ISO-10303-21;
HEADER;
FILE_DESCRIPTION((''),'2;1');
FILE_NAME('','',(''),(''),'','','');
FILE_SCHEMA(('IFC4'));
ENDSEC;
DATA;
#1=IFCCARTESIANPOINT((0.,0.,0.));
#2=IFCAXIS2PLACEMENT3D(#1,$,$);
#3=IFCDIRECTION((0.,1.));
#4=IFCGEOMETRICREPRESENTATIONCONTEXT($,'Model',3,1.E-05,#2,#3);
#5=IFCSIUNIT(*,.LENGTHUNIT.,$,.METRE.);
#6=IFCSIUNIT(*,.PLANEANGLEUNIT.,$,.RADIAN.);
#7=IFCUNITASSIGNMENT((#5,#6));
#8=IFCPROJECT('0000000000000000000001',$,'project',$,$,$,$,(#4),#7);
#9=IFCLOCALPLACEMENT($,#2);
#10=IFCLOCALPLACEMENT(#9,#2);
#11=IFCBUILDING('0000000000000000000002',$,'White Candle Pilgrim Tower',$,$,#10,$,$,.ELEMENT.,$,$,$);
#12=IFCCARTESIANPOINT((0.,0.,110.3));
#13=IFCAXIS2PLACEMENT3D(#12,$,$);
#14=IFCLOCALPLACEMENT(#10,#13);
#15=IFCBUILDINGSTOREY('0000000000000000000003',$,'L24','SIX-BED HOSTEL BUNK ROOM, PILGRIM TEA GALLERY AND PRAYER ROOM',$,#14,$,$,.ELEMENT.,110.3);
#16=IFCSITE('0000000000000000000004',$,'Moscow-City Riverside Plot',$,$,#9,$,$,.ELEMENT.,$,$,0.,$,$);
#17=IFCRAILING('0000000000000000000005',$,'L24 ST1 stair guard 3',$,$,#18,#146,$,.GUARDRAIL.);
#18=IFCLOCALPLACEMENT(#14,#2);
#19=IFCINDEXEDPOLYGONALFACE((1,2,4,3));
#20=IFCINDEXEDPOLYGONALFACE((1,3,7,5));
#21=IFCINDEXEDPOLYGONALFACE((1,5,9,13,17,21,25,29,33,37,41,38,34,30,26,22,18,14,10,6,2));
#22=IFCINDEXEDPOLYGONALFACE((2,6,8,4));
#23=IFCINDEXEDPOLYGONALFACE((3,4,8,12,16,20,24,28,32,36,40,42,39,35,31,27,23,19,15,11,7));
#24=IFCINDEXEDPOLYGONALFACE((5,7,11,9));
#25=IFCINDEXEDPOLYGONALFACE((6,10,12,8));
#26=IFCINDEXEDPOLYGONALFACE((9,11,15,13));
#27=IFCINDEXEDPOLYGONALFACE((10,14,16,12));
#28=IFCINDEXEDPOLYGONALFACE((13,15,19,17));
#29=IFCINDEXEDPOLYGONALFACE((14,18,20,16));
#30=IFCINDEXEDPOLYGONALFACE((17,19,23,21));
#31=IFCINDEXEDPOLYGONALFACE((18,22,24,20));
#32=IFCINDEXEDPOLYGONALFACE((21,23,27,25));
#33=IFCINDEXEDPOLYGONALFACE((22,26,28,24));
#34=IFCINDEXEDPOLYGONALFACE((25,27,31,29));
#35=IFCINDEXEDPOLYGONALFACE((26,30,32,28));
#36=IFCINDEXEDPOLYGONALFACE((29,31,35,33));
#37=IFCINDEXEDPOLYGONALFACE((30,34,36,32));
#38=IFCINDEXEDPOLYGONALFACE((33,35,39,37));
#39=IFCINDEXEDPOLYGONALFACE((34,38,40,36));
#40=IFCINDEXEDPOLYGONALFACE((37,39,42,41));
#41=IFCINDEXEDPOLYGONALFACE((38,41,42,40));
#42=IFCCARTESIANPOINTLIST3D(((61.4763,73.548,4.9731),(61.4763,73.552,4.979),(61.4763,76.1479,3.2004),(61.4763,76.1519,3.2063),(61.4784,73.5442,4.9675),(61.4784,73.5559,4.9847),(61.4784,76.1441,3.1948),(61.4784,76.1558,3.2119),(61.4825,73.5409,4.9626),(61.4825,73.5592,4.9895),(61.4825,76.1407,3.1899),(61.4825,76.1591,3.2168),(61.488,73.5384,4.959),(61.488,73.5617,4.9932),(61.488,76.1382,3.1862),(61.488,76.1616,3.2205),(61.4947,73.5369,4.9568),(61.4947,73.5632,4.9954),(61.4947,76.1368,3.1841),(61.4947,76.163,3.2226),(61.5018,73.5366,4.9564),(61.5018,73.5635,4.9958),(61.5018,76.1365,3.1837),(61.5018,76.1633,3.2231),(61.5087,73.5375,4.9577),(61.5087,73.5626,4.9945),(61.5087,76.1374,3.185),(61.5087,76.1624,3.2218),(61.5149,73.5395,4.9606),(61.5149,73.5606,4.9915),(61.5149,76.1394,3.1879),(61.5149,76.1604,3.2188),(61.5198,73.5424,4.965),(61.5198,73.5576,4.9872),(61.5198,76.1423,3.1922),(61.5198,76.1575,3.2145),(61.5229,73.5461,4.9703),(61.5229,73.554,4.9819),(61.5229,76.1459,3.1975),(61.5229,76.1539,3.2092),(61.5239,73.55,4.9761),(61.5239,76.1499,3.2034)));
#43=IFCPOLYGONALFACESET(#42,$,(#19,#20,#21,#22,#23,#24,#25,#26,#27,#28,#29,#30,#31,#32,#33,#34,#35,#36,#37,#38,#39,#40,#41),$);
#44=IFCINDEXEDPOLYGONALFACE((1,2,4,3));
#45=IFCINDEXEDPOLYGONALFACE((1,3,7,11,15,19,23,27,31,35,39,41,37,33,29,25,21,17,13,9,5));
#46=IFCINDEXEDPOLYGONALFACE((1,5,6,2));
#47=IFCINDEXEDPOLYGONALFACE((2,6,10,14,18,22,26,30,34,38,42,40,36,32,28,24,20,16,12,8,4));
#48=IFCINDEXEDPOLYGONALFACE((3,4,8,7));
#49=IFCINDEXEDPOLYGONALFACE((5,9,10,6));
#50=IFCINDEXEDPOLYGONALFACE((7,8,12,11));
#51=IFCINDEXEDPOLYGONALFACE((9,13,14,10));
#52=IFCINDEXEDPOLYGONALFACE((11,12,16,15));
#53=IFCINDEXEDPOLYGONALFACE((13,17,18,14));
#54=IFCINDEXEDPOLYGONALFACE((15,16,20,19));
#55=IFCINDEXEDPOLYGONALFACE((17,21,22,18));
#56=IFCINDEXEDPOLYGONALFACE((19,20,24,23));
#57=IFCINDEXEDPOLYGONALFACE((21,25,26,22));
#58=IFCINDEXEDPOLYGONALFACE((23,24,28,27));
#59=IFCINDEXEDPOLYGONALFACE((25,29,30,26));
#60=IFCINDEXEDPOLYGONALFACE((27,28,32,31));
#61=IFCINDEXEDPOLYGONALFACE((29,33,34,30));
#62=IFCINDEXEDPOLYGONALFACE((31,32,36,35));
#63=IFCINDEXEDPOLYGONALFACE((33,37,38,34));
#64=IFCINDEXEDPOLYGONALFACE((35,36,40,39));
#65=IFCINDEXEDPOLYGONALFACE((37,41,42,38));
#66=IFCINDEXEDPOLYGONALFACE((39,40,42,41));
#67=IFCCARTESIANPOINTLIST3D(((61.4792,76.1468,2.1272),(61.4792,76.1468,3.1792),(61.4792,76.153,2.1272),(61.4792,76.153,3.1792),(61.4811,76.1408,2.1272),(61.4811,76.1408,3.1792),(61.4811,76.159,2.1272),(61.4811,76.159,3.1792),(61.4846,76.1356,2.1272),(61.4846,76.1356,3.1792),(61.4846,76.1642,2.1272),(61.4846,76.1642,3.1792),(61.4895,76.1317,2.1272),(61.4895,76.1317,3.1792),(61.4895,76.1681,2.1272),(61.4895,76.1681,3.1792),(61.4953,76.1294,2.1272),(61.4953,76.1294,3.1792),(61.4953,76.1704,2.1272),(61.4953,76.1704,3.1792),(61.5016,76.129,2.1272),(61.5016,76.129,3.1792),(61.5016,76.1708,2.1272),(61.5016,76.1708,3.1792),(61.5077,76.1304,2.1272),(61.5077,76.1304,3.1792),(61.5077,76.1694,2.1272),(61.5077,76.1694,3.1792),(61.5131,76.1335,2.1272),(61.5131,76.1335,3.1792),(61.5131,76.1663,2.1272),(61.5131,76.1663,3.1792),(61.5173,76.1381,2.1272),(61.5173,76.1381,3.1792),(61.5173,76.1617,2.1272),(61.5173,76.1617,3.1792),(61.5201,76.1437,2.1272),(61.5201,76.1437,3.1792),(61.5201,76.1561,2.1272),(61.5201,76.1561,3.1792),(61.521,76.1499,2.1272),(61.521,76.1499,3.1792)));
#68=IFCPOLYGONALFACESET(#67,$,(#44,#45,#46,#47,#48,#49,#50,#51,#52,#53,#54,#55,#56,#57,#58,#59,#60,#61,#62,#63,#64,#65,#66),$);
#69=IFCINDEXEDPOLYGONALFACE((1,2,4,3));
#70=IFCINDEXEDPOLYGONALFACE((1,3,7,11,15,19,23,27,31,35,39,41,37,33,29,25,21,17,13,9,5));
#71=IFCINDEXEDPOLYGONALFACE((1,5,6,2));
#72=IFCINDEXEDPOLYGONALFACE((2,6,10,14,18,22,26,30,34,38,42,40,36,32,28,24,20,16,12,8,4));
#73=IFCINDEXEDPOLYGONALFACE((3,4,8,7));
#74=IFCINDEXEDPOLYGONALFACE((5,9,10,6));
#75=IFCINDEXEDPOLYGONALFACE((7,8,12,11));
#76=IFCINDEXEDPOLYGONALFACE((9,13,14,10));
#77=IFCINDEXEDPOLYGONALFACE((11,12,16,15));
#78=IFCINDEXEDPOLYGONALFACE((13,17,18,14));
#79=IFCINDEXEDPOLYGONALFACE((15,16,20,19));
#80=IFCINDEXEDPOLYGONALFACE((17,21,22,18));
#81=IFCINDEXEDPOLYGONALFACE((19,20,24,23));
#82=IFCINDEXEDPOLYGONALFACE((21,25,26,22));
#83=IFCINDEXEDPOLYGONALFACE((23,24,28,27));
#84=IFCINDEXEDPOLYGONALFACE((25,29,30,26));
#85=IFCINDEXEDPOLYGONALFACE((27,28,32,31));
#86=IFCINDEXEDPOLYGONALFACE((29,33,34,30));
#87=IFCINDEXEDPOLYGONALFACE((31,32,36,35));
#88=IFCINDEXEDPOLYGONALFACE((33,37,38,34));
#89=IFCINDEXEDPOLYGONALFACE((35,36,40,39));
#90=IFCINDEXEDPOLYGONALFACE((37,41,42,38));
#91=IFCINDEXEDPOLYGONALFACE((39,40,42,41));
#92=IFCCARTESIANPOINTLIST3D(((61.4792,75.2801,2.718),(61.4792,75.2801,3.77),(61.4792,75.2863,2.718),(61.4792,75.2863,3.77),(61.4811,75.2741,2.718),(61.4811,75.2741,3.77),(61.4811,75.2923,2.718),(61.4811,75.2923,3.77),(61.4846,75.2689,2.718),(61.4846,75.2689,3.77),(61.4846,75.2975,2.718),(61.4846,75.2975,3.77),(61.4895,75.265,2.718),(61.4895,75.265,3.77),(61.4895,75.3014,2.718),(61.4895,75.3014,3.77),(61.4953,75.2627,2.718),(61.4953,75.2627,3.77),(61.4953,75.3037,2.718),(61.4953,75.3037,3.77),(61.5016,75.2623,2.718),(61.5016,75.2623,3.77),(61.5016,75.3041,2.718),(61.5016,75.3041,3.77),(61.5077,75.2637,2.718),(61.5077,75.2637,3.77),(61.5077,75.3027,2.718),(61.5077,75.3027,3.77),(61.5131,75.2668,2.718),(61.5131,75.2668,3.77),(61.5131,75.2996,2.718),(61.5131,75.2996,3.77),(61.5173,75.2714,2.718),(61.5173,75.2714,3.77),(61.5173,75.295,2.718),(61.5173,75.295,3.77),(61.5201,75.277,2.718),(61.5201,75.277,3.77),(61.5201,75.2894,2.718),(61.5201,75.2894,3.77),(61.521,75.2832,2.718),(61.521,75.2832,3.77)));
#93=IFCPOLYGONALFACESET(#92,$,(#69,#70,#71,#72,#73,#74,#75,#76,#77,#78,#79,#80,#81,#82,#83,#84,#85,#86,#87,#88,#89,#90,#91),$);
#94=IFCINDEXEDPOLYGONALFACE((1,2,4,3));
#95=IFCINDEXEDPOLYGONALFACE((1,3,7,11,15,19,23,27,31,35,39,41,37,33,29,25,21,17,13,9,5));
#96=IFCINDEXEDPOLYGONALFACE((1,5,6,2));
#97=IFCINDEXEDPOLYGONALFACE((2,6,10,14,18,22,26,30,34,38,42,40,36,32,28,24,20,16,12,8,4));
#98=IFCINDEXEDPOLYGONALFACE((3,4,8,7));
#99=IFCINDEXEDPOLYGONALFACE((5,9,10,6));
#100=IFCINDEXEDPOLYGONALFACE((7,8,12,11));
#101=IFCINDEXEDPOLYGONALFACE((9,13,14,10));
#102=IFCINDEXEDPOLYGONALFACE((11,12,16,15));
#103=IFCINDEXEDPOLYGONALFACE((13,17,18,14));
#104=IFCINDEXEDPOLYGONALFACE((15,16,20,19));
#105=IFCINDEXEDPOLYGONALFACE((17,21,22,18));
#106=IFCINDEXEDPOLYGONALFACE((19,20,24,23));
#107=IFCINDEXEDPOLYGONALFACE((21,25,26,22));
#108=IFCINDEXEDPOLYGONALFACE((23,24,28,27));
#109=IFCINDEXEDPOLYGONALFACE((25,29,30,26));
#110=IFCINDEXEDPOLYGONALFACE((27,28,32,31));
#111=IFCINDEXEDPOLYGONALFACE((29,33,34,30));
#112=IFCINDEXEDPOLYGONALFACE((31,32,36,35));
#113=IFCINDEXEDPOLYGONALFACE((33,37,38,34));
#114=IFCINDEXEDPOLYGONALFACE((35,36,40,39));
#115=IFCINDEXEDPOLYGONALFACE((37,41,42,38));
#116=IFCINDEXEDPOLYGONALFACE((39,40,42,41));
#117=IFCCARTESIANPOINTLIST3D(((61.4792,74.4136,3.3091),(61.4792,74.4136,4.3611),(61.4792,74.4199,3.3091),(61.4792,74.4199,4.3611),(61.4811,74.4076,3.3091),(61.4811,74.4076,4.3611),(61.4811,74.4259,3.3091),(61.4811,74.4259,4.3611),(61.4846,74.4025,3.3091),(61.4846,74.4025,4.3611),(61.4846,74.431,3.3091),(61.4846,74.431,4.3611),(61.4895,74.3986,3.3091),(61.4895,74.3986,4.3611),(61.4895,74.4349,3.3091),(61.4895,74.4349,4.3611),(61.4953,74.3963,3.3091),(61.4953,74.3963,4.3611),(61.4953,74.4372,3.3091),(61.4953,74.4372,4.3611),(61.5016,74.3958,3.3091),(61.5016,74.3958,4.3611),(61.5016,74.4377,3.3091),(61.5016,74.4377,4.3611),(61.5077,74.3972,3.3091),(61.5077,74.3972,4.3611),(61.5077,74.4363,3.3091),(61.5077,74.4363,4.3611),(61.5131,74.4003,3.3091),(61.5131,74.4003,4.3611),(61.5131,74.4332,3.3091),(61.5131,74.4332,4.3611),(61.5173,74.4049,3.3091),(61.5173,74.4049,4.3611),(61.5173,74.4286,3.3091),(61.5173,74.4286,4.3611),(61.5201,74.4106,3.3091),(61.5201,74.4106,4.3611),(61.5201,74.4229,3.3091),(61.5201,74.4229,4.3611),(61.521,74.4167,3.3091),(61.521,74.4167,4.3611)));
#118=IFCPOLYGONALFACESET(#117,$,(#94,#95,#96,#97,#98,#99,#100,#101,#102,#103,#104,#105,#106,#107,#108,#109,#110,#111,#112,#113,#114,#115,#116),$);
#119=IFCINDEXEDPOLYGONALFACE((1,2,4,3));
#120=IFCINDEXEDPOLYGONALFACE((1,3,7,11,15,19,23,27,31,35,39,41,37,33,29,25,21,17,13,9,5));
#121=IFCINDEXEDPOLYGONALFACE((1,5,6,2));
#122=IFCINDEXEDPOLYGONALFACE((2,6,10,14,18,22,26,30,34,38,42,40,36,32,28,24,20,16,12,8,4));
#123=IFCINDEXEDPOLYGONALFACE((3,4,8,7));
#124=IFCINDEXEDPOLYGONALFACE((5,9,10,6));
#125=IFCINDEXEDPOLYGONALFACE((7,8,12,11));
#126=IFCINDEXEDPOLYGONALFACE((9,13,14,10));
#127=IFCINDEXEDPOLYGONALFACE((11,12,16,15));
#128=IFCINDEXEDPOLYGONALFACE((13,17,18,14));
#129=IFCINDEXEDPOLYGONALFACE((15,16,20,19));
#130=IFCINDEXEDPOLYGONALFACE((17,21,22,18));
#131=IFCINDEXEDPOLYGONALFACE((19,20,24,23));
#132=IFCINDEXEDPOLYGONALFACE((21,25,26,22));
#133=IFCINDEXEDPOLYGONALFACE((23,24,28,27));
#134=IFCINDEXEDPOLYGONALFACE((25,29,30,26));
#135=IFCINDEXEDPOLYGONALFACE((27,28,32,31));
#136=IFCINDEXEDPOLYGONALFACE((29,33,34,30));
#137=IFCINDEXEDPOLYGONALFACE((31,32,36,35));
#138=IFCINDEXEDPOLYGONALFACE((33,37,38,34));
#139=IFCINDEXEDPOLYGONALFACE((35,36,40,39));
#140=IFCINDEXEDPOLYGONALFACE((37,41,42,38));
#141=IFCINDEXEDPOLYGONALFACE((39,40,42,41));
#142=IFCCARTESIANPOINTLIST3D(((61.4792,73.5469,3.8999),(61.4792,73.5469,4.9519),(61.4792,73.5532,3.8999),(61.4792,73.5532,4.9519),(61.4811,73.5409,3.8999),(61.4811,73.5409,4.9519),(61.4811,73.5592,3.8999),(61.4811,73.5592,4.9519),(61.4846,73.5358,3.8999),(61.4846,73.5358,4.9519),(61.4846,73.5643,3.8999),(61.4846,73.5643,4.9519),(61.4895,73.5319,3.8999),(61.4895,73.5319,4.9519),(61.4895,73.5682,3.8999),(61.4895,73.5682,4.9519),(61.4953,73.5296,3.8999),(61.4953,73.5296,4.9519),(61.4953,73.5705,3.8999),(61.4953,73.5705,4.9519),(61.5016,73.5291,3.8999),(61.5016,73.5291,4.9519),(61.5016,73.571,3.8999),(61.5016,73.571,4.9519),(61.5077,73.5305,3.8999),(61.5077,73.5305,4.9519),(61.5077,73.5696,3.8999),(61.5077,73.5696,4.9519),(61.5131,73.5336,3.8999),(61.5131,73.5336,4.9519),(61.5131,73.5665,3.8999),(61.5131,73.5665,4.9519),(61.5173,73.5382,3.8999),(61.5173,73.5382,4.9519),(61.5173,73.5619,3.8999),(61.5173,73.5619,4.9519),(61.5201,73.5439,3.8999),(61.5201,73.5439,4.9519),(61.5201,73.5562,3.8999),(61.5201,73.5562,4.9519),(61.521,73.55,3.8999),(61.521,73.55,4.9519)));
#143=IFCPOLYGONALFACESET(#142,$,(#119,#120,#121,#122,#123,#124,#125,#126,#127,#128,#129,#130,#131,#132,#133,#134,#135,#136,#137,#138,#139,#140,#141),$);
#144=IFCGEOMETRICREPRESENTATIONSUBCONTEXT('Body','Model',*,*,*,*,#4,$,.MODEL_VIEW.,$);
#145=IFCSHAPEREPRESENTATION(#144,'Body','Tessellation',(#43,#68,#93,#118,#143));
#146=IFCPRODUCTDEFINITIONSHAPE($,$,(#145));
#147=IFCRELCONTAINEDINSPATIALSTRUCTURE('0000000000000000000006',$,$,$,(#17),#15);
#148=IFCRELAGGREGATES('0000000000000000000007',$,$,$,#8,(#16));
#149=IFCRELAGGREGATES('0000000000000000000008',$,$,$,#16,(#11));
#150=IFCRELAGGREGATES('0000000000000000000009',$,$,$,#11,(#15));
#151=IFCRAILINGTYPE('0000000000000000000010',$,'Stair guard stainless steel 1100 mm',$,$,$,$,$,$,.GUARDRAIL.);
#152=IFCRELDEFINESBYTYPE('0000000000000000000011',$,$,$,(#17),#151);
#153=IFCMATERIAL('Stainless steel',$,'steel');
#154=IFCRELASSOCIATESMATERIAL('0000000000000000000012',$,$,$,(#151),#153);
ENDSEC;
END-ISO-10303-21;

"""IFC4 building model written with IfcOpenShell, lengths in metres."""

from ifc_helpers import new_model, si_unit, direction, frame, origin, origin_2d, place, context, subcontext, project, spatial, circle, extrude, material, type_object, element, save


model = new_model("IFC4")

# Units and contexts
model_context = context("Model", 3, precision=1e-05, world=origin(), true_north=direction((0.0, 1.0)))
body_context = subcontext(model_context, "Body", "Model", "MODEL_VIEW")
ifc_project = project(units=[si_unit("LENGTHUNIT", "METRE"), si_unit("PLANEANGLEUNIT", "RADIAN")], contexts=[model_context])

# Site, building, storey
site_placement = place(None, origin())
site = spatial("IfcSite", under=ifc_project, at=site_placement, Name="Moscow-City Riverside Plot", CompositionType="ELEMENT", RefElevation=0.0)
building_placement = place(site_placement, origin())
building = spatial("IfcBuilding", under=site, at=building_placement, Name="White Candle Pilgrim Tower", CompositionType="ELEMENT")
storey_placement = place(building_placement, frame((0.0, 0.0, 110.3)))
storey = spatial("IfcBuildingStorey", under=building, at=storey_placement, Name="L24", Description="SIX-BED HOSTEL BUNK ROOM, PILGRIM TEA GALLERY AND PRAYER ROOM", CompositionType="ELEMENT", Elevation=110.3)

# Railing
ifc_material_1 = material(Name="Stainless steel", Category="steel")
railing_type_1 = type_object("IfcRailingType", Name="Stair guard stainless steel 1100 mm", PredefinedType="GUARDRAIL", material=ifc_material_1)
railing_1_placement = place(storey_placement, frame((61.5, 76.1499, 2.1272)))
element("IfcRailing", 1, at=railing_1_placement, inside=storey, type_object=railing_type_1, Name="L24 ST1 stair guard 3", PredefinedType="GUARDRAIL", context=body_context, shape_type="SweptSolid", body=[
    extrude(circle(Radius=0.0239, at=origin_2d()), frame((0.0, 0.0, 1.0762), z_axis=(0.0, -0.826216, 0.563354), x_axis=(1.0, 0.0, 0.0)), (0.0, 0.0, 1.0), 3.1467),
    extrude(circle(Radius=0.021, at=origin_2d()), origin(), (0.0, 0.0, 1.0), 1.052),
    extrude(circle(Radius=0.021, at=origin_2d()), frame((0.0, -0.8667, 0.5908)), (0.0, 0.0, 1.0), 1.052),
    extrude(circle(Radius=0.021, at=origin_2d()), frame((0.0, -1.7332, 1.1819)), (0.0, 0.0, 1.0), 1.052),
    extrude(circle(Radius=0.021, at=origin_2d()), frame((0.0, -2.5999, 1.7727)), (0.0, 0.0, 1.0), 1.052),
])

save(model, "model.ifc")
